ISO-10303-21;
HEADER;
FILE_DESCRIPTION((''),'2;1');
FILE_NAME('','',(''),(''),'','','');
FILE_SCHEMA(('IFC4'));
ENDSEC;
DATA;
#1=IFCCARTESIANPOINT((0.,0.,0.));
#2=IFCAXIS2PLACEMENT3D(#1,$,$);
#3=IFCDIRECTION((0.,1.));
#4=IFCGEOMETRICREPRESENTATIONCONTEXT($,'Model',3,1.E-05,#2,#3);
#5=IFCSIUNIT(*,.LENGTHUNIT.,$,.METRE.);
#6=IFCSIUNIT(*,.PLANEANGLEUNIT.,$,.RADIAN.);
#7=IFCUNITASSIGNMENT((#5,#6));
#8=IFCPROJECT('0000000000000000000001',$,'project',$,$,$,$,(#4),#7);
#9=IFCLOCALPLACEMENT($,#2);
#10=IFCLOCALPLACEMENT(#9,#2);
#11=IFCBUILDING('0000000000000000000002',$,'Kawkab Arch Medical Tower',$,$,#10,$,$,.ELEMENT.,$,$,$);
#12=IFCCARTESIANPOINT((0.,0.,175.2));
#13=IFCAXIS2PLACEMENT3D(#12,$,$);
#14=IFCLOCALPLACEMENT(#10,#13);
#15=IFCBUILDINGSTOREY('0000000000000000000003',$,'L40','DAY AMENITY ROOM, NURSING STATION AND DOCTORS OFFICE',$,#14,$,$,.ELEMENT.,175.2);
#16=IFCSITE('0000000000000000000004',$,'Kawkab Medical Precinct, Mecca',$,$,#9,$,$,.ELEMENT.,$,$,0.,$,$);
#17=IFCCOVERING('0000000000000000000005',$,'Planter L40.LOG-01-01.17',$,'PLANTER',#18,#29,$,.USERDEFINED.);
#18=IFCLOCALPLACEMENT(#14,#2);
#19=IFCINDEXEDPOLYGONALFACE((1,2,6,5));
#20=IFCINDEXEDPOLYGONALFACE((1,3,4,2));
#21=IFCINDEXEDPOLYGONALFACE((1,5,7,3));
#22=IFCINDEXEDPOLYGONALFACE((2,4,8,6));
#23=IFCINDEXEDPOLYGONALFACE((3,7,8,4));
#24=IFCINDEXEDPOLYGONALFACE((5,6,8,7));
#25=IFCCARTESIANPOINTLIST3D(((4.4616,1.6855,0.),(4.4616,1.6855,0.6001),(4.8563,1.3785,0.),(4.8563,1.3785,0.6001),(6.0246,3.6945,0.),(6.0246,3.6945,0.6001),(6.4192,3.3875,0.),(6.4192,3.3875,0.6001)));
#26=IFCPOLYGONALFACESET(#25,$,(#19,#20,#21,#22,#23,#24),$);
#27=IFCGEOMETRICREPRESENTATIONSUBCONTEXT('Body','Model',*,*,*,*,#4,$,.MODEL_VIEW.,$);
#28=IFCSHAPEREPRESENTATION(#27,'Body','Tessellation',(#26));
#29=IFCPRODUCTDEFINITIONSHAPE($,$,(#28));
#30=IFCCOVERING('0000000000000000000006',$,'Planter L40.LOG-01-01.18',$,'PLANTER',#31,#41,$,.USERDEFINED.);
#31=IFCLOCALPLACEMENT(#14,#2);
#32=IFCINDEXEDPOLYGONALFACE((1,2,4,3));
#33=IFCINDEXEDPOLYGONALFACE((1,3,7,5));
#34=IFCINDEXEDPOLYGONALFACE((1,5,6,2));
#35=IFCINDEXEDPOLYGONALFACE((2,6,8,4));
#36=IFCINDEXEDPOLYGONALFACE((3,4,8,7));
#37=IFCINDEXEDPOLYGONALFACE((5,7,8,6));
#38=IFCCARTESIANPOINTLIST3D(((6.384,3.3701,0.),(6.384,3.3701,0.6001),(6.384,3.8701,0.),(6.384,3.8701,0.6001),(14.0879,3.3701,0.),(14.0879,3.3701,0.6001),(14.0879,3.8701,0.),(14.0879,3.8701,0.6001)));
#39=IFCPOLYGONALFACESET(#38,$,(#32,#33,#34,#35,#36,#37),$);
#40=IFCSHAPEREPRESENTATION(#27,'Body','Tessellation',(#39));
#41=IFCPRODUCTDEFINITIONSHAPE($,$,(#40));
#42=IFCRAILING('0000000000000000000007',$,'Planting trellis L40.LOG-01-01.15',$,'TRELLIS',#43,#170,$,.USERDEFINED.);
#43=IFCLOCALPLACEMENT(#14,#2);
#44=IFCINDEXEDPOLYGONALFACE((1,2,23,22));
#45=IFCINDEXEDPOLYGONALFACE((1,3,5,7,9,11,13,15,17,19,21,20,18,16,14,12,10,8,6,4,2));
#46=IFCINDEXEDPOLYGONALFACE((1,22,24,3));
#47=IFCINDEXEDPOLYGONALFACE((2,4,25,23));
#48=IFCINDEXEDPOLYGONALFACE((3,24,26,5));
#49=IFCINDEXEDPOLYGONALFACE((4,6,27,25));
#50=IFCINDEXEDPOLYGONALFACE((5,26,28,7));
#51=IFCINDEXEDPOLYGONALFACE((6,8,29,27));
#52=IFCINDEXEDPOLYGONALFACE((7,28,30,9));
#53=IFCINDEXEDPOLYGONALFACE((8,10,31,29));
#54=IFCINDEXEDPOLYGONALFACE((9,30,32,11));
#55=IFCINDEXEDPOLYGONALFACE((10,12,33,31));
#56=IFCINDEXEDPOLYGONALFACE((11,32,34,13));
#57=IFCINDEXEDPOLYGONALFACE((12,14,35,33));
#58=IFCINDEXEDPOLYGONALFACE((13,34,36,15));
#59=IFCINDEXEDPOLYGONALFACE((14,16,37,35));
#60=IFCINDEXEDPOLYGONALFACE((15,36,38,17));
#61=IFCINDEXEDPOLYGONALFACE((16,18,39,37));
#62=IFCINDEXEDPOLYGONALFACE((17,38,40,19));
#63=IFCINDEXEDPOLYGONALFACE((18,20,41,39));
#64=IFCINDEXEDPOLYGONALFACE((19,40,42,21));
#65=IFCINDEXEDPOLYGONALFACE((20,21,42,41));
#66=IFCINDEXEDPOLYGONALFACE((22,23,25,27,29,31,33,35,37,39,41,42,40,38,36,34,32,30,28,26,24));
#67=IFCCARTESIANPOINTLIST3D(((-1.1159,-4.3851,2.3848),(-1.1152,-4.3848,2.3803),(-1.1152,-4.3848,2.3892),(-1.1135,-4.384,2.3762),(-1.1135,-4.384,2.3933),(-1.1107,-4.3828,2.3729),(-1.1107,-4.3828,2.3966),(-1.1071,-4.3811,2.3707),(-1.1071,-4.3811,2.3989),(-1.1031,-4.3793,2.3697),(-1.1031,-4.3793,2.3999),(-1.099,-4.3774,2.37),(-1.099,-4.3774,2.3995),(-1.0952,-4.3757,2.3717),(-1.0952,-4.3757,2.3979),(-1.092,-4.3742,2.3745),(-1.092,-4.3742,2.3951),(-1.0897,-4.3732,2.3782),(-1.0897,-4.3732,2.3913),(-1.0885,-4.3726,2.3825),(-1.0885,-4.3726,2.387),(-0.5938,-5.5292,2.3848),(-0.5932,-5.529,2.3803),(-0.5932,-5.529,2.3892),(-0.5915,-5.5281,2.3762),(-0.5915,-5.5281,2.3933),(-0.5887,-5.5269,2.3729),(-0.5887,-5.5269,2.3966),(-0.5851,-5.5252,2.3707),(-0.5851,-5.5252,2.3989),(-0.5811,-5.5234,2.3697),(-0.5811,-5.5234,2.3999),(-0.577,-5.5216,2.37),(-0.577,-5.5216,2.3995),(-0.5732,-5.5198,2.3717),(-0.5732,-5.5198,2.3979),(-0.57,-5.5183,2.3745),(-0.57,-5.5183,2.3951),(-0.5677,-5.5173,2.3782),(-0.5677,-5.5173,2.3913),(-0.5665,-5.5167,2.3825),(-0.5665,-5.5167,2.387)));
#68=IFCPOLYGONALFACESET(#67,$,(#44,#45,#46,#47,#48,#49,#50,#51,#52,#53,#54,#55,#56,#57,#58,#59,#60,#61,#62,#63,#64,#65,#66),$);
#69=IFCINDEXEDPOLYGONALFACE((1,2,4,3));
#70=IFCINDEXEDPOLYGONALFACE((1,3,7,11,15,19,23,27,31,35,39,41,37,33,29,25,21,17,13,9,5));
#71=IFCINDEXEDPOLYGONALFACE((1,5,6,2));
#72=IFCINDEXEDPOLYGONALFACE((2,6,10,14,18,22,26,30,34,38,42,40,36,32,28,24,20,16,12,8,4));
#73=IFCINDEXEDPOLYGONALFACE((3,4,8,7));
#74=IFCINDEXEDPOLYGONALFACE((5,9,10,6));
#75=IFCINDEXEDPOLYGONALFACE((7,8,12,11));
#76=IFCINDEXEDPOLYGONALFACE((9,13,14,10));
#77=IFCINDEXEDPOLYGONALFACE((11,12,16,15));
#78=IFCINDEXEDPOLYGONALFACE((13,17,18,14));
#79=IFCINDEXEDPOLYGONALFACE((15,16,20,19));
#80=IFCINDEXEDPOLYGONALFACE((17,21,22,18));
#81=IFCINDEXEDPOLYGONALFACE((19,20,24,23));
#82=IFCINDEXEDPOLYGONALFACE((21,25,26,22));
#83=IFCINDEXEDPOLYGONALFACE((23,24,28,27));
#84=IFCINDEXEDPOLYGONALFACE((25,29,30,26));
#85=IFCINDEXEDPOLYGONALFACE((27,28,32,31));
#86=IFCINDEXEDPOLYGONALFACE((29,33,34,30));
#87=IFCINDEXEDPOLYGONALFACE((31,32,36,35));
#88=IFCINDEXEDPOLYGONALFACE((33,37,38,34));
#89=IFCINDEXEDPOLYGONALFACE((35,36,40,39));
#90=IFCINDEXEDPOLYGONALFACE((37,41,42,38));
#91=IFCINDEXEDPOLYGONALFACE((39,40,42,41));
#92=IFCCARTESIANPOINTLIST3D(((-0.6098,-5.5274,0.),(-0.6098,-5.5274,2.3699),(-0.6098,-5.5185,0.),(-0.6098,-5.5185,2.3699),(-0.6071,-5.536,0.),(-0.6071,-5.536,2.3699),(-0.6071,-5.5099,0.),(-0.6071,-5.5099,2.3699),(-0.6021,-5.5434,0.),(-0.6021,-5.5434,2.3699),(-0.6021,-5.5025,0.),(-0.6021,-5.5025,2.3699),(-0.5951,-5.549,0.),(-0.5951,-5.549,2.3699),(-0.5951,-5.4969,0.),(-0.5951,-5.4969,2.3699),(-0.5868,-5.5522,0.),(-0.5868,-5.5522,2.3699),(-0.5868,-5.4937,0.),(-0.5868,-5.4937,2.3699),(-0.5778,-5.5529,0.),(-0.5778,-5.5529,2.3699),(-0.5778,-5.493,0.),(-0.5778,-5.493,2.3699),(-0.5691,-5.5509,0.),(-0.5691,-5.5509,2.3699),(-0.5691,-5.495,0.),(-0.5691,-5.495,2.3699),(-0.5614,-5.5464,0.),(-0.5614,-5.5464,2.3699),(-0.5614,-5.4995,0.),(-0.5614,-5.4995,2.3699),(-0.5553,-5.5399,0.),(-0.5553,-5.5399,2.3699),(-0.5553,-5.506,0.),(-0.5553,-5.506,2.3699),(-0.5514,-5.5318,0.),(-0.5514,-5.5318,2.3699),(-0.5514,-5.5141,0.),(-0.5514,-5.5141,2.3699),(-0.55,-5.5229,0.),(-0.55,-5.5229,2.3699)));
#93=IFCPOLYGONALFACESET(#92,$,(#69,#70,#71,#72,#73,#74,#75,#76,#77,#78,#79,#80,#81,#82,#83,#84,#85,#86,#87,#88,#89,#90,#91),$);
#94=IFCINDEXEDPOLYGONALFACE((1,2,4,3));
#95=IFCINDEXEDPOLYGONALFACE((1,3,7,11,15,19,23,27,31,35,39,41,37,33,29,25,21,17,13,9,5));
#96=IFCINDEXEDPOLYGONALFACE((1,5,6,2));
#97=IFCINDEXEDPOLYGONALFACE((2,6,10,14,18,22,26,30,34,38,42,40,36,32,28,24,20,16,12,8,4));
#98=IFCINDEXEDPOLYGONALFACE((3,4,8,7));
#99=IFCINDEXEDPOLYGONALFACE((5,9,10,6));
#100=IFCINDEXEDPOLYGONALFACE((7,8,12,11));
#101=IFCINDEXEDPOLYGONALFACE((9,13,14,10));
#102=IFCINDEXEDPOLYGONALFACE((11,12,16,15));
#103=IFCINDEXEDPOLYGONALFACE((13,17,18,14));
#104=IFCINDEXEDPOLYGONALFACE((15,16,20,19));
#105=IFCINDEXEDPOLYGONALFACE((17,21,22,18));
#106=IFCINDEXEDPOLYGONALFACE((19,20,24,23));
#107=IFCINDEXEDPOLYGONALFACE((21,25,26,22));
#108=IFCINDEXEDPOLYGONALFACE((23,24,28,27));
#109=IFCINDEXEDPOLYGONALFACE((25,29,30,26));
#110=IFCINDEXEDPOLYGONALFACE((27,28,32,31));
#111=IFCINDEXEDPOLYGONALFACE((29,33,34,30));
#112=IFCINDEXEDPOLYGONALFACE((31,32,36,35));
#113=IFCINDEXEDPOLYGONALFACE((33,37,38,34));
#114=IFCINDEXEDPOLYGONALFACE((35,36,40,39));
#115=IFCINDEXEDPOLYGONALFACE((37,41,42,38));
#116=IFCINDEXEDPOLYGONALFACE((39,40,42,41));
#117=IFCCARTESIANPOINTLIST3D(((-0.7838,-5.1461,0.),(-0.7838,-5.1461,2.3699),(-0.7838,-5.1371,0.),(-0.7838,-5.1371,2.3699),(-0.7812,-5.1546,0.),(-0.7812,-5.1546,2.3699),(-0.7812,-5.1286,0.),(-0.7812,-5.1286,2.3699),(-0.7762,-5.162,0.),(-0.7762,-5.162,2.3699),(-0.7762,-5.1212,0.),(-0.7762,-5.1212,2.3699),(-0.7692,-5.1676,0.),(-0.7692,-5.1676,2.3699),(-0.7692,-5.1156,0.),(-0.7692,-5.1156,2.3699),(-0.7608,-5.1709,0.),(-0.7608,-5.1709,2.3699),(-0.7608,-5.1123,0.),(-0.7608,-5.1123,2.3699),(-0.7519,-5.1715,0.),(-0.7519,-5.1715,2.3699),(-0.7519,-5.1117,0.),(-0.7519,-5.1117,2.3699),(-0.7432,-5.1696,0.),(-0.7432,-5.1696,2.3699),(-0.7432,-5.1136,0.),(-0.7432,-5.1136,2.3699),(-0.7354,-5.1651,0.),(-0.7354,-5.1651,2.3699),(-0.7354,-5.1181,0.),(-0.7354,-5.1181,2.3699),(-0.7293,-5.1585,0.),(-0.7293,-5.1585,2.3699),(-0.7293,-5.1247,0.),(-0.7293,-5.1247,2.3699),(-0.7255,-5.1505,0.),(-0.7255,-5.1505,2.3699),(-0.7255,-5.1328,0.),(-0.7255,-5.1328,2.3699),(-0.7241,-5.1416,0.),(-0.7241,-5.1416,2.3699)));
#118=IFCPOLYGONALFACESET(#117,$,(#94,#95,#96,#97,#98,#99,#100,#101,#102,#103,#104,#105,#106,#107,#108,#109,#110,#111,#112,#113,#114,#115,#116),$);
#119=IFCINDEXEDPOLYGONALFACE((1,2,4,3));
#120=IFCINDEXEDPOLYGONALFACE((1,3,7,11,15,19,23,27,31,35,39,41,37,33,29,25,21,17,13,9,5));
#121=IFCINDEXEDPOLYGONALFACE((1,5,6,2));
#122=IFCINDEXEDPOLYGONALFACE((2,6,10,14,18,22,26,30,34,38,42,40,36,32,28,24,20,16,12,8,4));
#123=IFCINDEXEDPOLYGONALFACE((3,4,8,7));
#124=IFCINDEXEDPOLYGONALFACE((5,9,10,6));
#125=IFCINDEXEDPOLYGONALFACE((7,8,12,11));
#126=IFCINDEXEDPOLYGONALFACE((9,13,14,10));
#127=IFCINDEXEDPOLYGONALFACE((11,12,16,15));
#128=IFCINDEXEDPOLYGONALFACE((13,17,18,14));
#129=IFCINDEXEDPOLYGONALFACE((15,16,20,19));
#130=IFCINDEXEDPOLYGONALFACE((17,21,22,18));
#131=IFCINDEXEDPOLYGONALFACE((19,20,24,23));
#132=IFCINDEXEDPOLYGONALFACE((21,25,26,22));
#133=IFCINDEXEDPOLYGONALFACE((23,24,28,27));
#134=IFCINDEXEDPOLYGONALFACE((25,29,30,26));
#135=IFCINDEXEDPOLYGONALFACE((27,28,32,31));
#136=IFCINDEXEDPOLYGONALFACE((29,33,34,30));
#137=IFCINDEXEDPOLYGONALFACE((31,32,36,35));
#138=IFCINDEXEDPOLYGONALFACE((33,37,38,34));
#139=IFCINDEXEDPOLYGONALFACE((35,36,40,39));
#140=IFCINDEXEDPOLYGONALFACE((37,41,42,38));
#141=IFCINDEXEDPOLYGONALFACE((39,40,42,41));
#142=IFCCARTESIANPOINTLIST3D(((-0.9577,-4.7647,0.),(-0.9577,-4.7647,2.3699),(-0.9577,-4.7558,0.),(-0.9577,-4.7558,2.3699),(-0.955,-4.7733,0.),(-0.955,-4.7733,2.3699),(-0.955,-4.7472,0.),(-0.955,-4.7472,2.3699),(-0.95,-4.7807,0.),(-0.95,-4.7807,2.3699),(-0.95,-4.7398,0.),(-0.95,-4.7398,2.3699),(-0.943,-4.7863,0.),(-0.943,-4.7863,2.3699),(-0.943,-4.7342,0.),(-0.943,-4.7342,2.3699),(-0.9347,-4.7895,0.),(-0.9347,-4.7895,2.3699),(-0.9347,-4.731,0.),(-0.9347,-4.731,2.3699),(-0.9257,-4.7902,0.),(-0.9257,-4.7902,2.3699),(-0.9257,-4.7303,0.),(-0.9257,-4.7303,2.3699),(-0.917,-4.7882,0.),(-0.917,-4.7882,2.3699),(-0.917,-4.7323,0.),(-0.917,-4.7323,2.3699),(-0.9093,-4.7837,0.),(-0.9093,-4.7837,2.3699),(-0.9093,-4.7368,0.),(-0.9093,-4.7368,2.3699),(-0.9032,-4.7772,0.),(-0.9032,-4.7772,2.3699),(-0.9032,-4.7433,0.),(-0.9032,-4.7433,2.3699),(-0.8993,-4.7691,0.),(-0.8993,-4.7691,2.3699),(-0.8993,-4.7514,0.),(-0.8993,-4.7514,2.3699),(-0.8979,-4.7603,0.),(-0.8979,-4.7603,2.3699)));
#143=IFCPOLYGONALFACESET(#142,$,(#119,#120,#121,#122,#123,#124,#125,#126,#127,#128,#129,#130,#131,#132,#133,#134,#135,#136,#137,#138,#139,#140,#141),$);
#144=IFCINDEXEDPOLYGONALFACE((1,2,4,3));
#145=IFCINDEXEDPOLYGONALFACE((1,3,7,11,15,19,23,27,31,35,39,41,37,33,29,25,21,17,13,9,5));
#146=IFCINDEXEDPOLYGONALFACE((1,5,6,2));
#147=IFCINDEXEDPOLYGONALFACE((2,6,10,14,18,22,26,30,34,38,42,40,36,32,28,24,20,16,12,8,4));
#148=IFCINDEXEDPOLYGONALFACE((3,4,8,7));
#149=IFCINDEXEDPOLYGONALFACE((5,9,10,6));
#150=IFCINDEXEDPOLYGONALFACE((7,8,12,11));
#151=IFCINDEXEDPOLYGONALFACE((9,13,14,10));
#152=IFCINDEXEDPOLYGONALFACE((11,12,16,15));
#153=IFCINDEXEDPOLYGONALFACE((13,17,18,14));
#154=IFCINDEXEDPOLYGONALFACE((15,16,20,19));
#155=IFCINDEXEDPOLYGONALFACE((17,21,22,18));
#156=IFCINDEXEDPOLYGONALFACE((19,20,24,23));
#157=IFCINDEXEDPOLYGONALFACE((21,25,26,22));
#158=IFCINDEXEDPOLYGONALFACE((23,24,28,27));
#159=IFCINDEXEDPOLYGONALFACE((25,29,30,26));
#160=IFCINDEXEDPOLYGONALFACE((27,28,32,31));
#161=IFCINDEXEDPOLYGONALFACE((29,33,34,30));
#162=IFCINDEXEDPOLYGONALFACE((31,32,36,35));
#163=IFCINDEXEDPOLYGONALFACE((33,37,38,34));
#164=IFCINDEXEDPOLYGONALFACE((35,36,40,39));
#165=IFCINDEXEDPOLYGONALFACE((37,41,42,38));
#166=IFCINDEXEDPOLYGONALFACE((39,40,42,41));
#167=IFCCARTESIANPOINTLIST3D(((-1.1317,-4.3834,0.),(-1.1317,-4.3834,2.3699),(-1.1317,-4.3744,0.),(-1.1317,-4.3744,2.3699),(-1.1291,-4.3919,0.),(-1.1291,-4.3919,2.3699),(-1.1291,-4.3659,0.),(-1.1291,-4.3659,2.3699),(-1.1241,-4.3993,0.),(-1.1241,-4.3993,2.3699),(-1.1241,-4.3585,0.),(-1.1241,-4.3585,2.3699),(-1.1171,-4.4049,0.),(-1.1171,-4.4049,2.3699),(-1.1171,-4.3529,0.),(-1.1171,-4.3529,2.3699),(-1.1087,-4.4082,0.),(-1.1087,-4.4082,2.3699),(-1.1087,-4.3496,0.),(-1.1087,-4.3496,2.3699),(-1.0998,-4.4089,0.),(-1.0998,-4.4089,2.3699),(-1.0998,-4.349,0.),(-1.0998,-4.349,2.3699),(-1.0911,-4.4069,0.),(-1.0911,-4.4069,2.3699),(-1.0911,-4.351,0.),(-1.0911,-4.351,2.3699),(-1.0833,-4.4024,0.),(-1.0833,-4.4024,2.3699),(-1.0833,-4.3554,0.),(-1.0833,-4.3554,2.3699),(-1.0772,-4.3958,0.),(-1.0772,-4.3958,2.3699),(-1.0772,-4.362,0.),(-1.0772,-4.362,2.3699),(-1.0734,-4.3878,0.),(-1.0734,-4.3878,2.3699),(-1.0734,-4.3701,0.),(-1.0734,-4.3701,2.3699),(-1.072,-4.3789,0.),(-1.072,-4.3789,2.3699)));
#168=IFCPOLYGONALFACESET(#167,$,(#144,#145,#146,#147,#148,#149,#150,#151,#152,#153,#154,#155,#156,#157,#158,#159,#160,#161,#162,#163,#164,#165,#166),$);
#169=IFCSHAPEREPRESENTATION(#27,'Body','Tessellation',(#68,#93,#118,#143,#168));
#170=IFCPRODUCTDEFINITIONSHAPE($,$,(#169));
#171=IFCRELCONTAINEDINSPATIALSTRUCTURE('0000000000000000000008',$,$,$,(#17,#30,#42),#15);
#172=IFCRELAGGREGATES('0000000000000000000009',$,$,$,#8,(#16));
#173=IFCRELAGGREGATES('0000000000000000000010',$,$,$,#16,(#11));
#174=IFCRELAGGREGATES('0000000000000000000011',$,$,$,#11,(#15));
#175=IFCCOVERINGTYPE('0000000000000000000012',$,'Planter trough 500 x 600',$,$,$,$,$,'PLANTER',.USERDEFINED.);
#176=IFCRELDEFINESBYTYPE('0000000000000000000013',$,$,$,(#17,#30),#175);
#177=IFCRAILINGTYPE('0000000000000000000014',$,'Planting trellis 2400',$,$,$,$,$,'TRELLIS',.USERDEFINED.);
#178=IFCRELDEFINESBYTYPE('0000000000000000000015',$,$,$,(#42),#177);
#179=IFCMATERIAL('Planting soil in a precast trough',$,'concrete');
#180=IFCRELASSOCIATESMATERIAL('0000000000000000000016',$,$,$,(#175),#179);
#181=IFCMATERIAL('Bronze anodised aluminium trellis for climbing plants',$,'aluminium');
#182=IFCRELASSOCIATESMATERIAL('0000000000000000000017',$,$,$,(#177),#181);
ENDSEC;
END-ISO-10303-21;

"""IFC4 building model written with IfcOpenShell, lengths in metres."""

from ifc_helpers import new_model, si_unit, direction, frame, origin, origin_2d, place, context, subcontext, project, spatial, rectangle, circle, extrude, material, material_profile, profile_set, type_object, element, save


model = new_model("IFC4")

# Units and contexts
model_context = context("Model", 3, precision=1e-05, world=origin(), true_north=direction((0.0, 1.0)))
body_context = subcontext(model_context, "Body", "Model", "MODEL_VIEW")
ifc_project = project(units=[si_unit("LENGTHUNIT", "METRE"), si_unit("PLANEANGLEUNIT", "RADIAN")], contexts=[model_context])

# Site, building, storey
site_placement = place(None, origin())
site = spatial("IfcSite", under=ifc_project, at=site_placement, Name="Kawkab Medical Precinct, Mecca", CompositionType="ELEMENT", RefElevation=0.0)
building_placement = place(site_placement, origin())
building = spatial("IfcBuilding", under=site, at=building_placement, Name="Kawkab Arch Medical Tower", CompositionType="ELEMENT")
storey_placement = place(building_placement, frame((0.0, 0.0, 175.2)))
storey = spatial("IfcBuildingStorey", under=building, at=storey_placement, Name="L40", Description="DAY AMENITY ROOM, NURSING STATION AND DOCTORS OFFICE", CompositionType="ELEMENT", Elevation=175.2)

# Coverings
ifc_material_1 = material(Name="Planting soil in a precast trough", Category="concrete")
ifc_material_profile_1 = material_profile(ifc_material_1, rectangle(XDim=0.5, YDim=0.6001, at=origin_2d()), Name="Trough 500x600")
ifc_profile_set_1 = profile_set([ifc_material_profile_1], Name="Planting soil in a precast trough")
covering_type = type_object("IfcCoveringType", Name="Planter trough 500 x 600", ElementType="PLANTER", PredefinedType="USERDEFINED", material=ifc_profile_set_1)
covering_1_placement = place(storey_placement, frame((4.6589, 1.532, 0.3), z_axis=(0.61404, 0.789275, 0.0), x_axis=(-0.789275, 0.61404, 0.0)))
element("IfcCovering", 1, at=covering_1_placement, inside=storey, type_object=covering_type, Name="Planter L40.LOG-01-01.17", ObjectType="PLANTER", PredefinedType="USERDEFINED", context=body_context, shape_type="SweptSolid", body=[
    extrude(rectangle(XDim=0.5, YDim=0.6001, at=origin_2d()), origin(), (0.0, 0.0, 1.0), 2.5454),
])
covering_2_placement = place(storey_placement, frame((6.384, 3.6201, 0.3), z_axis=(1.0, 0.0, 0.0), x_axis=(0.0, 1.0, 0.0)))
element("IfcCovering", 2, at=covering_2_placement, inside=storey, type_object=covering_type, Name="Planter L40.LOG-01-01.18", ObjectType="PLANTER", PredefinedType="USERDEFINED", context=body_context, shape_type="SweptSolid", body=[
    extrude(rectangle(XDim=0.5, YDim=0.6001, at=origin_2d()), origin(), (0.0, 0.0, 1.0), 7.7039),
])

# Railing
ifc_material_2 = material(Name="Bronze anodised aluminium trellis for climbing plants", Category="aluminium")
railing_type = type_object("IfcRailingType", Name="Planting trellis 2400", ElementType="TRELLIS", PredefinedType="USERDEFINED", material=ifc_material_2)
railing_1_placement = place(storey_placement, frame((-0.5801, -5.5229, 0.0)))
element("IfcRailing", 3, at=railing_1_placement, inside=storey, type_object=railing_type, Name="Planting trellis L40.LOG-01-01.15", ObjectType="TRELLIS", PredefinedType="USERDEFINED", context=body_context, shape_type="SweptSolid", body=[
    extrude(circle(Radius=0.0151, at=origin_2d()), frame((0.0, 0.0, 2.3848), z_axis=(-0.41509, 0.90978, 0.0), x_axis=(-0.90978, -0.41509, 0.0)), (0.0, 0.0, 1.0), 1.2576),
    extrude(circle(Radius=0.03, at=origin_2d()), origin(), (0.0, 0.0, 1.0), 2.3699),
    extrude(circle(Radius=0.03, at=origin_2d()), frame((-0.1741, 0.3813, 0.0)), (0.0, 0.0, 1.0), 2.3699),
    extrude(circle(Radius=0.03, at=origin_2d()), frame((-0.3479, 0.7627, 0.0)), (0.0, 0.0, 1.0), 2.3699),
    extrude(circle(Radius=0.03, at=origin_2d()), frame((-0.522, 1.144, 0.0)), (0.0, 0.0, 1.0), 2.3699),
])

save(model, "model.ifc")
